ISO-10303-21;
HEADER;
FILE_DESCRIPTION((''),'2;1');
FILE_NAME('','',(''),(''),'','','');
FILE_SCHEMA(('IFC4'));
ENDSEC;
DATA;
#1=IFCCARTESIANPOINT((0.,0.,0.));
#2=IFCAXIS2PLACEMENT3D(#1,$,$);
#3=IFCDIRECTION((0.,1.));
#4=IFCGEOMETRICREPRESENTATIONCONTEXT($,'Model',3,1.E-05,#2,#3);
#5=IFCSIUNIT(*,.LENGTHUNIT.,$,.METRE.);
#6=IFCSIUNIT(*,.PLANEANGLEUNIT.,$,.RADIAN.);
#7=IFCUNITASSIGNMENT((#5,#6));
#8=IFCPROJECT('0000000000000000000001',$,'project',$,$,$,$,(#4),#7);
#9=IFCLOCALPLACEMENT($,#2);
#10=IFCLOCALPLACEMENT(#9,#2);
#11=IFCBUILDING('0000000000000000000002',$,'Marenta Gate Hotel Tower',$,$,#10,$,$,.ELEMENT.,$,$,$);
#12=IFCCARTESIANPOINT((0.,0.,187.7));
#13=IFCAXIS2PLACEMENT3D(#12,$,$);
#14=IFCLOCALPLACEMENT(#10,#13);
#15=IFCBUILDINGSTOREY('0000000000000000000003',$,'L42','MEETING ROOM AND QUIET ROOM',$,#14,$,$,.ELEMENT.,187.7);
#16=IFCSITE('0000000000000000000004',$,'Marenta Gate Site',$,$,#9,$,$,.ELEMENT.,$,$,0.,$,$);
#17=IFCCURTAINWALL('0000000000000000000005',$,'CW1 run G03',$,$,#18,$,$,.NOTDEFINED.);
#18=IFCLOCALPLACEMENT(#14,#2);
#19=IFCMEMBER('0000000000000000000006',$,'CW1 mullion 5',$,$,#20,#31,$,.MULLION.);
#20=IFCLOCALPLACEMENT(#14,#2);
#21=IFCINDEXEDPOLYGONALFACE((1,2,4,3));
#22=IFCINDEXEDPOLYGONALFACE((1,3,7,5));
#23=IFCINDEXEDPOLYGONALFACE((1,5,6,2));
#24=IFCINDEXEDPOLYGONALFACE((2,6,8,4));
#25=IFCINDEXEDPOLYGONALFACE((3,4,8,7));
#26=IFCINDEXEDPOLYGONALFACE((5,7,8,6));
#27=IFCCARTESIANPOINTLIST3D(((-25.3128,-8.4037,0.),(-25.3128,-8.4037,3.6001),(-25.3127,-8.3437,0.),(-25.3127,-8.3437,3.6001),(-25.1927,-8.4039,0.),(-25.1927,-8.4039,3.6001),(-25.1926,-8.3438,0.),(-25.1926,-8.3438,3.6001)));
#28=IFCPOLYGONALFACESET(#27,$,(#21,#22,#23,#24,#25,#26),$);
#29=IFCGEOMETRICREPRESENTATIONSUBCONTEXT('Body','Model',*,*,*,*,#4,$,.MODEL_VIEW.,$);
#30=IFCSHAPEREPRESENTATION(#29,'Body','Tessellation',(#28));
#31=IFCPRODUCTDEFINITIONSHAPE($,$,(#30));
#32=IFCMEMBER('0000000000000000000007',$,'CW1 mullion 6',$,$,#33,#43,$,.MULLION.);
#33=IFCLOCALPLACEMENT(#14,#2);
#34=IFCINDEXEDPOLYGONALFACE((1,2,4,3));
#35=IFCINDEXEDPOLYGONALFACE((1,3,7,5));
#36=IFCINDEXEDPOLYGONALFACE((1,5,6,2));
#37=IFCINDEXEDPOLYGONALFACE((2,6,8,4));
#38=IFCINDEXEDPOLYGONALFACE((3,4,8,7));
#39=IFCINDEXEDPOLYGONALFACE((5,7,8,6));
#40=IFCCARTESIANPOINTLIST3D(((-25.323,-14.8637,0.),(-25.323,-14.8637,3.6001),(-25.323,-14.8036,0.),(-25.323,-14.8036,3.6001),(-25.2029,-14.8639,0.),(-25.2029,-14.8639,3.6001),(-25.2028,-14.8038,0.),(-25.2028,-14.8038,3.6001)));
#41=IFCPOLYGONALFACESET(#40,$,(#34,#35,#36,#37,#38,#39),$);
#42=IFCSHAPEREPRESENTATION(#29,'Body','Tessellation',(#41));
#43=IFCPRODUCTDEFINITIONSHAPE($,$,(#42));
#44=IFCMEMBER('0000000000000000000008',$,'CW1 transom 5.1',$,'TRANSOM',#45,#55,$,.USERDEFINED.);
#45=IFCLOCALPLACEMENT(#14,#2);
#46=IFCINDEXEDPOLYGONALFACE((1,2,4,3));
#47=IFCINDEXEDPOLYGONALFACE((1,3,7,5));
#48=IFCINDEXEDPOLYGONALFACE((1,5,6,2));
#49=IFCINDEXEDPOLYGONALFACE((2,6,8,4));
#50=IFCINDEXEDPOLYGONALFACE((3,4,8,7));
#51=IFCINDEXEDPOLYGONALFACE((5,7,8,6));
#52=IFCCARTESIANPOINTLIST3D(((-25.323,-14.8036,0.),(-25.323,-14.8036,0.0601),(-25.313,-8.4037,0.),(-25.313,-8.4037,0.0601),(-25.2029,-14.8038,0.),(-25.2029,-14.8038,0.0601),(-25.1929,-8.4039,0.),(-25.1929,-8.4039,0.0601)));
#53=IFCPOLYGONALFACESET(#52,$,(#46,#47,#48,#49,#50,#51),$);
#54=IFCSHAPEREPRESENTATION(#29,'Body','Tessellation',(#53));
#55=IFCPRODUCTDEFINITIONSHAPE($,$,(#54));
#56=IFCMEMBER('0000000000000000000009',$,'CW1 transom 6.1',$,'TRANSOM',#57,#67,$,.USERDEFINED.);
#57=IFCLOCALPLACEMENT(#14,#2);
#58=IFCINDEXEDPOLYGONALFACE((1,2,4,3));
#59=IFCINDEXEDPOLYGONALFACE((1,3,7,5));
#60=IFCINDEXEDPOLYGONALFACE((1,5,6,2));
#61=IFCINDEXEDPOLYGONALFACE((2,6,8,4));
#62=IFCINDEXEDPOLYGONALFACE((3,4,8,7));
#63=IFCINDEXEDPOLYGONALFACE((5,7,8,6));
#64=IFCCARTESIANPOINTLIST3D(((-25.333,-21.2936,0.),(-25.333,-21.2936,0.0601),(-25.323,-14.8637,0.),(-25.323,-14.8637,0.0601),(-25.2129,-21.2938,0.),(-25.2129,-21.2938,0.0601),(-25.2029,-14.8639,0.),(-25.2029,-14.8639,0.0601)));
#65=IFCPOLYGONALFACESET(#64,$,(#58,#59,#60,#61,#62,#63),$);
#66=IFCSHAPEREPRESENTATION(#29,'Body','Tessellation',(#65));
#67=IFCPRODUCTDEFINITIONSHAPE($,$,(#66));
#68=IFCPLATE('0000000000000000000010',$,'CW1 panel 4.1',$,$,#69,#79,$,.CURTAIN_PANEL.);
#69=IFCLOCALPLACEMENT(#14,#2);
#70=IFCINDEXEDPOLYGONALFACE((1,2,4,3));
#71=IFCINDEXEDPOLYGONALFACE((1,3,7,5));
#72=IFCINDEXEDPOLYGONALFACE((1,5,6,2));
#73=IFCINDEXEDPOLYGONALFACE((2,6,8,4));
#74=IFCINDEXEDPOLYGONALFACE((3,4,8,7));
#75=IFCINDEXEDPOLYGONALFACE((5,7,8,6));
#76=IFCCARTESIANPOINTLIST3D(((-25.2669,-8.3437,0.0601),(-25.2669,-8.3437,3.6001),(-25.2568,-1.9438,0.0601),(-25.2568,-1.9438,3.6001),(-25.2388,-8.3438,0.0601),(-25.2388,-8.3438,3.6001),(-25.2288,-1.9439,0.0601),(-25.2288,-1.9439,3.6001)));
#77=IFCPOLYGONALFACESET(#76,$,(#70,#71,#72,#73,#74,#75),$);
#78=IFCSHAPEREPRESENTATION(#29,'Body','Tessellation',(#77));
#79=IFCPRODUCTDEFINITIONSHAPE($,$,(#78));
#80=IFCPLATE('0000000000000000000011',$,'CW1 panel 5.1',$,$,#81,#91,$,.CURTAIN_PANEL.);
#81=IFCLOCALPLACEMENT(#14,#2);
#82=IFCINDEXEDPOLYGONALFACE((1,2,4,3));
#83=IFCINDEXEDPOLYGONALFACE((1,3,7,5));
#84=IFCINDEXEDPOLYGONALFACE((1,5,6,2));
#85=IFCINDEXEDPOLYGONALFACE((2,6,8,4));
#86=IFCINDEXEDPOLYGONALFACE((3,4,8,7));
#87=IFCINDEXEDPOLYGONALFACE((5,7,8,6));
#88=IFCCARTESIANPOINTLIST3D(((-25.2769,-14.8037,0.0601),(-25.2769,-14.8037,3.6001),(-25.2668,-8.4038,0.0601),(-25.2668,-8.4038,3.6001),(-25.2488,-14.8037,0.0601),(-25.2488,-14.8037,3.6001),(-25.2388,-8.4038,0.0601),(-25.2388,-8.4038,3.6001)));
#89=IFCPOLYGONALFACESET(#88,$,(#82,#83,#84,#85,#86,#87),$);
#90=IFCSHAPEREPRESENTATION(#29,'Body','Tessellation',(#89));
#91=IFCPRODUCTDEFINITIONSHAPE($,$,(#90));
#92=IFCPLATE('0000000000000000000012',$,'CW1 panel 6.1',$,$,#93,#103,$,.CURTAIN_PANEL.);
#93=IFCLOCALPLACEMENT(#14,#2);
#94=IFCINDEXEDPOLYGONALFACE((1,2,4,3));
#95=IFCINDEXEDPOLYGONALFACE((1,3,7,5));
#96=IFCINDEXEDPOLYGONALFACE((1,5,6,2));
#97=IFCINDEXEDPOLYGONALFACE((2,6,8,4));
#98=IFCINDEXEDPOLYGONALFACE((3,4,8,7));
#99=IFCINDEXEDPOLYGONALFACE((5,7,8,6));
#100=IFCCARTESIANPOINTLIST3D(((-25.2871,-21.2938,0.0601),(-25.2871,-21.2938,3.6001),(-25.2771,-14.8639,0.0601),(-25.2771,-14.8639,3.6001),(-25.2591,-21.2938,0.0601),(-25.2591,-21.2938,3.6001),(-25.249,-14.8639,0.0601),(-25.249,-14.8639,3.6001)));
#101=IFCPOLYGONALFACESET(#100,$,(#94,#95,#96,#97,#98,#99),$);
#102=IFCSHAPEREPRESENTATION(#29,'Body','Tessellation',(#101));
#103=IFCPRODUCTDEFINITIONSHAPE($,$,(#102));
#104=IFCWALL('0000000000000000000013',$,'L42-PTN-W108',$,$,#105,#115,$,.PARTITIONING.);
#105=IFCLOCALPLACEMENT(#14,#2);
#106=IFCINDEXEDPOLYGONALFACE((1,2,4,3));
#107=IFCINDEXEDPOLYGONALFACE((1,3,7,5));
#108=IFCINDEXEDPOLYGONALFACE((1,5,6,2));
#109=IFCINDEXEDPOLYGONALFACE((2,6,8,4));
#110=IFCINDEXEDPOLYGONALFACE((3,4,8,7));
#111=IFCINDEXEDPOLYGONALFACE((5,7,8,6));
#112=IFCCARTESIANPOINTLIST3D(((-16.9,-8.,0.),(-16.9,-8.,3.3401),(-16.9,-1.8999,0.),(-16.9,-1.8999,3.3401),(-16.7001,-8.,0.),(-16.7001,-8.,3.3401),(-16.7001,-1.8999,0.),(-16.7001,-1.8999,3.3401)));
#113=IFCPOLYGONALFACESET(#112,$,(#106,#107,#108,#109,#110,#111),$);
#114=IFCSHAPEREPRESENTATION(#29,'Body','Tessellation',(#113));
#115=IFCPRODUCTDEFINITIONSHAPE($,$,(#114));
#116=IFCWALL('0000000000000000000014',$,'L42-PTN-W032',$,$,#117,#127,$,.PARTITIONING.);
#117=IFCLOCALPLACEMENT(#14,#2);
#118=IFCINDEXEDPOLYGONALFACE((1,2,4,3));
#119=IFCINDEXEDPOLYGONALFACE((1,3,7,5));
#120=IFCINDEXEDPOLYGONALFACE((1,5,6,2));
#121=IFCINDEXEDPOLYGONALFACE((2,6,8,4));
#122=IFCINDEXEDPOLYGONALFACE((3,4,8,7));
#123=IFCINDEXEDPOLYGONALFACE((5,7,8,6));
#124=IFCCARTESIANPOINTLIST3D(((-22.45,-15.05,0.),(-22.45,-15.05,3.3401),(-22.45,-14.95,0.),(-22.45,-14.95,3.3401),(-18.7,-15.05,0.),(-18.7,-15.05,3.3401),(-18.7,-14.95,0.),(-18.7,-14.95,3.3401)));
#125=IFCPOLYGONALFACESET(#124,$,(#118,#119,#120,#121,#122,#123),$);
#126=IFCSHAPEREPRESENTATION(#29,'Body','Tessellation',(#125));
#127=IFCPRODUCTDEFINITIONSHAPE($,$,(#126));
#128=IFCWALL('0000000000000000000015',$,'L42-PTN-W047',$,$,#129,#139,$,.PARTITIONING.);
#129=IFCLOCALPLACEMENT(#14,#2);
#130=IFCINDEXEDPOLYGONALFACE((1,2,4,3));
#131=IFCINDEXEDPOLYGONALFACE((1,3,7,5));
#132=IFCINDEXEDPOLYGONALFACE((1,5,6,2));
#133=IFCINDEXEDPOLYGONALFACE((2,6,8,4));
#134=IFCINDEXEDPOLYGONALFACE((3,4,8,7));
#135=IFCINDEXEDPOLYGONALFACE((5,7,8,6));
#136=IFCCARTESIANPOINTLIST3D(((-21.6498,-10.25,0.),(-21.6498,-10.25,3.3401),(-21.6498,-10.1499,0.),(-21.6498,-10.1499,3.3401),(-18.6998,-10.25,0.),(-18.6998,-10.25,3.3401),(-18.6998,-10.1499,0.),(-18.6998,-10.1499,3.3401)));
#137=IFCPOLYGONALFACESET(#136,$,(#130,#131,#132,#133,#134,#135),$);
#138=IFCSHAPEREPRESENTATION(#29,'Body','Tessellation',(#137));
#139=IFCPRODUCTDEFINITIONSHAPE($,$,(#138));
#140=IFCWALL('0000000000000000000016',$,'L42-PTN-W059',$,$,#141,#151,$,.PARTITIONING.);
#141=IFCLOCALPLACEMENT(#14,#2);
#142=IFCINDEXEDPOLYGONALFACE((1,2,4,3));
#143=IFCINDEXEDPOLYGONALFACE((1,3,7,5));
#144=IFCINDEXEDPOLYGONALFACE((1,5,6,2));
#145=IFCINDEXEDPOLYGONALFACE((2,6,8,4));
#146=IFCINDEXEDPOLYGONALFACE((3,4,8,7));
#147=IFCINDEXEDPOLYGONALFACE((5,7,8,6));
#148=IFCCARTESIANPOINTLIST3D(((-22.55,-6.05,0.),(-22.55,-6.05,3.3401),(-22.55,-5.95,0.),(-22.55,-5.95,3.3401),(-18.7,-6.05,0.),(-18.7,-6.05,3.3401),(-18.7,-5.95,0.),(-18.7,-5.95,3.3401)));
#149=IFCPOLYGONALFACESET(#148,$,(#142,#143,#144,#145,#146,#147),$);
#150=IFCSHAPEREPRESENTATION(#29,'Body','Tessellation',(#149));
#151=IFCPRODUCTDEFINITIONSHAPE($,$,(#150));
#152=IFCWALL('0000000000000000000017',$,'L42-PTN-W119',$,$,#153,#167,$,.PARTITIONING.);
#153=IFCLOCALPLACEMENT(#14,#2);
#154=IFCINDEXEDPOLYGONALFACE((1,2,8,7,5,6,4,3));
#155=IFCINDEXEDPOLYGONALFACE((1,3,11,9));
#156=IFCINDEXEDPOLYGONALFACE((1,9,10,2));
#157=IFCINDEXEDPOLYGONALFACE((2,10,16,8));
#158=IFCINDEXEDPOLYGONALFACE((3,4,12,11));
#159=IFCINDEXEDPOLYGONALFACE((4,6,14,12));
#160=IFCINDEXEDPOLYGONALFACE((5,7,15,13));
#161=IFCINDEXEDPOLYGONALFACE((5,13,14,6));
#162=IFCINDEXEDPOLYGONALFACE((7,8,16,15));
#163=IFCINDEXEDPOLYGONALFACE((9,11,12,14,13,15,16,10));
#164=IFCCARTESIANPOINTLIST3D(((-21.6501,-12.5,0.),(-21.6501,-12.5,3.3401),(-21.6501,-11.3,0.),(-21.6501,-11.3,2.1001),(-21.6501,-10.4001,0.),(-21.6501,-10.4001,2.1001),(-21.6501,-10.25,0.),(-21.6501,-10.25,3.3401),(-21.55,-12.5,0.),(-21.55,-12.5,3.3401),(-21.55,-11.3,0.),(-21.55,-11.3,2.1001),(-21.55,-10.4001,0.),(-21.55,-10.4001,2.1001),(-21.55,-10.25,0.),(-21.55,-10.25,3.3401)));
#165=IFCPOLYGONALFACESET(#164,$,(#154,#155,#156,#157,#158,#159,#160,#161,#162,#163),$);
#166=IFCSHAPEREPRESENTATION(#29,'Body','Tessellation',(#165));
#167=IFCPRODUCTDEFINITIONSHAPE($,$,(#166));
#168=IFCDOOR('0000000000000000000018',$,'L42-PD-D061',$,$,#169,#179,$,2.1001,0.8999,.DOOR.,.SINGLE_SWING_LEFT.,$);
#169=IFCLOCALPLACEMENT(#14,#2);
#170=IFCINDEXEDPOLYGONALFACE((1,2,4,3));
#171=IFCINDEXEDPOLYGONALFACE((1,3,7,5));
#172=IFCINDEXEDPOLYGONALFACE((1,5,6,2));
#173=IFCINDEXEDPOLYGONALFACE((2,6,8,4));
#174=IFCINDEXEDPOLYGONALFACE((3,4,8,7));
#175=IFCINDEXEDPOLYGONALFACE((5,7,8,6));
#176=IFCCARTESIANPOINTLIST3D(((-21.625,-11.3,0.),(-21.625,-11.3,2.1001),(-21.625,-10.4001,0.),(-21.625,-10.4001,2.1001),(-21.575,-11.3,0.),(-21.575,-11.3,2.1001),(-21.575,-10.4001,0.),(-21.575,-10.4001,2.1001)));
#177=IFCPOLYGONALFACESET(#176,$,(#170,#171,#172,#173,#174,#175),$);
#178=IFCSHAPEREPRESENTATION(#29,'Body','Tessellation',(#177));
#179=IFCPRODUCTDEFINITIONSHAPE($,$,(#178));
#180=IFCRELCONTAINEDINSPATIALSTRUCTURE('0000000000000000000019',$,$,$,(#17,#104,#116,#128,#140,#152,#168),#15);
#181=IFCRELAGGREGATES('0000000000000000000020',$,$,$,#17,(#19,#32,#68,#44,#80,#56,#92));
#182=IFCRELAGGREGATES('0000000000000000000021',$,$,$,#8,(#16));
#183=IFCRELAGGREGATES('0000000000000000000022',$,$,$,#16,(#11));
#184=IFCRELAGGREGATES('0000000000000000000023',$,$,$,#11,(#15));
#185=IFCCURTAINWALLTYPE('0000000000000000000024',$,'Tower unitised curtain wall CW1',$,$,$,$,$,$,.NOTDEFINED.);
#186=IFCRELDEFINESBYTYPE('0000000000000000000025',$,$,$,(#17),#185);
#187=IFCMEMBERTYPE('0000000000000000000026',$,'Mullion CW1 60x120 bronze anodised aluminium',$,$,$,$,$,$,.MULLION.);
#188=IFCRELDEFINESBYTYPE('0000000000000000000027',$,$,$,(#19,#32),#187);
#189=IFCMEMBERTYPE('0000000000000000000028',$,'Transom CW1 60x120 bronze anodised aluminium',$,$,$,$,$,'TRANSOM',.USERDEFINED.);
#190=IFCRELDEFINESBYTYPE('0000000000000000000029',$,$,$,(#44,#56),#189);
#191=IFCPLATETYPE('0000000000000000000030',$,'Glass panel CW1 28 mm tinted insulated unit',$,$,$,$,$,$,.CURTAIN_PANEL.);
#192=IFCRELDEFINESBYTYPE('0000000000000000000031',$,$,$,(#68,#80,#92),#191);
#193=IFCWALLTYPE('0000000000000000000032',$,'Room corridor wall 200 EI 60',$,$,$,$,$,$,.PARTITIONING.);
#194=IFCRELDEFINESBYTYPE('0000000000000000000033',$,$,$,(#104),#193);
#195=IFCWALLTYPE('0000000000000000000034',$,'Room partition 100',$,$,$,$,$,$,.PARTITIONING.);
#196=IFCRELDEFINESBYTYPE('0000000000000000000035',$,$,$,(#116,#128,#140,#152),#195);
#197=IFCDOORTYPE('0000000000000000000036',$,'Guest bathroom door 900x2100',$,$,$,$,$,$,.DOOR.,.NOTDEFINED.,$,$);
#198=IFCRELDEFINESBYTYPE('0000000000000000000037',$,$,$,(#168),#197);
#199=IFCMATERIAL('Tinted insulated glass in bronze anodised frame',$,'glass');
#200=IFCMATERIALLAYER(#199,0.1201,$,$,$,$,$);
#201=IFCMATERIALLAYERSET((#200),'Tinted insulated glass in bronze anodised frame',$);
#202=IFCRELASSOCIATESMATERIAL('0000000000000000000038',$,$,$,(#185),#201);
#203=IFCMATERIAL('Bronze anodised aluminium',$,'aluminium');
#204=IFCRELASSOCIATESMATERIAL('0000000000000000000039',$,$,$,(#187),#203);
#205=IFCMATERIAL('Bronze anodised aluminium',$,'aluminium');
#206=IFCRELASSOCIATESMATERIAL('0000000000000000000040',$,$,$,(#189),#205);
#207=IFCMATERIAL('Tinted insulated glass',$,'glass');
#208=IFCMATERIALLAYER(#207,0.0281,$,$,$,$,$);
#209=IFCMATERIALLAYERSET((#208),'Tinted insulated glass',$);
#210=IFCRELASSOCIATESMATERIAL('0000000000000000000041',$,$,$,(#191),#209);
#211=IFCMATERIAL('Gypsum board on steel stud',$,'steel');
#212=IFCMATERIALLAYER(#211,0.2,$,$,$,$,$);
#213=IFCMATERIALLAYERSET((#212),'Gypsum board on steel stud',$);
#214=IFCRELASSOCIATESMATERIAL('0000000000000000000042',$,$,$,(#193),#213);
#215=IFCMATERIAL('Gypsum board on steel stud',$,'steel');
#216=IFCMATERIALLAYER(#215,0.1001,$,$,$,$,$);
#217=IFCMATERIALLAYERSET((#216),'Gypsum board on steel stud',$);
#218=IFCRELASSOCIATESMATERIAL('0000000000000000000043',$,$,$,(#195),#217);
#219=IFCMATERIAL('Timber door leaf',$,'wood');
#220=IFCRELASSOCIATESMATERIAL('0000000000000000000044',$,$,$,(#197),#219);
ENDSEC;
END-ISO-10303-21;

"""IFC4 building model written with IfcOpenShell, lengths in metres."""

from ifc_helpers import new_model, si_unit, direction, frame, frame_2d, origin, origin_2d, place, context, subcontext, project, spatial, rectangle, extrude, material, layer, layer_set, material_profile, profile_set, type_object, element, fill, aggregate, save


model = new_model("IFC4")

# Units and contexts
model_context = context("Model", 3, precision=1e-05, world=origin(), true_north=direction((0.0, 1.0)))
body_context = subcontext(model_context, "Body", "Model", "MODEL_VIEW")
ifc_project = project(units=[si_unit("LENGTHUNIT", "METRE"), si_unit("PLANEANGLEUNIT", "RADIAN")], contexts=[model_context])

# Site, building, storey
site_placement = place(None, origin())
site = spatial("IfcSite", under=ifc_project, at=site_placement, Name="Marenta Gate Site", CompositionType="ELEMENT", RefElevation=0.0)
building_placement = place(site_placement, origin())
building = spatial("IfcBuilding", under=site, at=building_placement, Name="Marenta Gate Hotel Tower", CompositionType="ELEMENT")
storey_placement = place(building_placement, frame((0.0, 0.0, 187.7)))
storey = spatial("IfcBuildingStorey", under=building, at=storey_placement, Name="L42", Description="MEETING ROOM AND QUIET ROOM", CompositionType="ELEMENT", Elevation=187.7)

# Curtain wall, members, plates
ifc_material_1 = material(Name="Tinted insulated glass in bronze anodised frame", Category="glass")
ifc_layer_1 = layer(ifc_material_1, 0.1201)
ifc_layer_set_1 = layer_set([ifc_layer_1], Name="Tinted insulated glass in bronze anodised frame")
curtain_wall_type = type_object("IfcCurtainWallType", Name="Tower unitised curtain wall CW1", PredefinedType="NOTDEFINED", material=ifc_layer_set_1)
curtain_wall_placement = place(storey_placement, origin())
curtain_wall = element("IfcCurtainWall", 1, at=curtain_wall_placement, inside=storey, type_object=curtain_wall_type, Name="CW1 run G03", PredefinedType="NOTDEFINED")
ifc_material_2 = material(Name="Bronze anodised aluminium", Category="aluminium")
ifc_material_profile_1 = material_profile(ifc_material_2, rectangle(XDim=0.1201, YDim=0.0601, at=origin_2d()), Name="Mullion CW1 60x120 bronze anodised aluminium")
ifc_profile_set_1 = profile_set([ifc_material_profile_1], Name="Bronze anodised aluminium")
member_type_1 = type_object("IfcMemberType", Name="Mullion CW1 60x120 bronze anodised aluminium", PredefinedType="MULLION", material=ifc_profile_set_1)
member_1_placement = place(storey_placement, frame((-25.2527, -8.3738, 0.0), z_axis=(0.0, 0.0, 1.0), x_axis=(0.999999, -0.001566, 0.0)))
member_1 = element("IfcMember", 2, at=member_1_placement, type_object=member_type_1, Name="CW1 mullion 5", PredefinedType="MULLION", context=body_context, shape_type="SweptSolid", body=[
    extrude(rectangle(XDim=0.1201, YDim=0.0601, at=origin_2d()), origin(), (0.0, 0.0, 1.0), 3.6001),
])
member_2_placement = place(storey_placement, frame((-25.2629, -14.8337, 0.0), z_axis=(0.0, 0.0, 1.0), x_axis=(0.999999, -0.001566, 0.0)))
member_2 = element("IfcMember", 3, at=member_2_placement, type_object=member_type_1, Name="CW1 mullion 6", PredefinedType="MULLION", context=body_context, shape_type="SweptSolid", body=[
    extrude(rectangle(XDim=0.1201, YDim=0.0601, at=origin_2d()), origin(), (0.0, 0.0, 1.0), 3.6001),
])
ifc_material_3 = material(Name="Bronze anodised aluminium", Category="aluminium")
ifc_material_profile_2 = material_profile(ifc_material_3, rectangle(XDim=0.1201, YDim=0.0601, at=origin_2d()), Name="Transom CW1 60x120 bronze anodised aluminium")
ifc_profile_set_2 = profile_set([ifc_material_profile_2], Name="Bronze anodised aluminium")
member_type_2 = type_object("IfcMemberType", Name="Transom CW1 60x120 bronze anodised aluminium", ElementType="TRANSOM", PredefinedType="USERDEFINED", material=ifc_profile_set_2)
member_3_placement = place(storey_placement, frame((-25.2529, -8.4038, 0.03), z_axis=(-0.001564, -0.999999, 0.0), x_axis=(0.999999, -0.001564, 0.0)))
member_3 = element("IfcMember", 4, at=member_3_placement, type_object=member_type_2, Name="CW1 transom 5.1", ObjectType="TRANSOM", PredefinedType="USERDEFINED", context=body_context, shape_type="SweptSolid", body=[
    extrude(rectangle(XDim=0.1201, YDim=0.0601, at=origin_2d()), origin(), (0.0, 0.0, 1.0), 6.3999),
])
member_4_placement = place(storey_placement, frame((-25.2629, -14.8638, 0.03), z_axis=(-0.001557, -0.999999, 0.0), x_axis=(0.999999, -0.001557, 0.0)))
member_4 = element("IfcMember", 5, at=member_4_placement, type_object=member_type_2, Name="CW1 transom 6.1", ObjectType="TRANSOM", PredefinedType="USERDEFINED", context=body_context, shape_type="SweptSolid", body=[
    extrude(rectangle(XDim=0.1201, YDim=0.0601, at=origin_2d()), origin(), (0.0, 0.0, 1.0), 6.4299),
])
ifc_material_4 = material(Name="Tinted insulated glass", Category="glass")
ifc_layer_2 = layer(ifc_material_4, 0.0281)
ifc_layer_set_2 = layer_set([ifc_layer_2], Name="Tinted insulated glass")
plate_type = type_object("IfcPlateType", Name="Glass panel CW1 28 mm tinted insulated unit", PredefinedType="CURTAIN_PANEL", material=ifc_layer_set_2)
plate_1_placement = place(storey_placement, frame((-25.2478, -5.1438, 0.0601), z_axis=(0.0, 0.0, 1.0), x_axis=(-0.001566, -0.999999, 0.0)))
plate_1 = element("IfcPlate", 6, at=plate_1_placement, type_object=plate_type, Name="CW1 panel 4.1", PredefinedType="CURTAIN_PANEL", context=body_context, shape_type="SweptSolid", body=[
    extrude(rectangle(XDim=6.3999, YDim=0.0281, at=origin_2d()), origin(), (0.0, 0.0, 1.0), 3.54),
])
plate_2_placement = place(storey_placement, frame((-25.2578, -11.6038, 0.0601), z_axis=(0.0, 0.0, 1.0), x_axis=(-0.001566, -0.999999, 0.0)))
plate_2 = element("IfcPlate", 7, at=plate_2_placement, type_object=plate_type, Name="CW1 panel 5.1", PredefinedType="CURTAIN_PANEL", context=body_context, shape_type="SweptSolid", body=[
    extrude(rectangle(XDim=6.3999, YDim=0.0281, at=origin_2d()), origin(), (0.0, 0.0, 1.0), 3.54),
])
plate_3_placement = place(storey_placement, frame((-25.2681, -18.0789, 0.0601), z_axis=(0.0, 0.0, 1.0), x_axis=(-0.001566, -0.999999, 0.0)))
plate_3 = element("IfcPlate", 8, at=plate_3_placement, type_object=plate_type, Name="CW1 panel 6.1", PredefinedType="CURTAIN_PANEL", context=body_context, shape_type="SweptSolid", body=[
    extrude(rectangle(XDim=6.4299, YDim=0.0281, at=origin_2d()), origin(), (0.0, 0.0, 1.0), 3.54),
])
aggregate(curtain_wall, [member_1, member_2, plate_1, member_3, plate_2, member_4, plate_3])

# Walls
ifc_material_5 = material(Name="Gypsum board on steel stud", Category="steel")
ifc_layer_3 = layer(ifc_material_5, 0.2)
ifc_layer_set_3 = layer_set([ifc_layer_3], Name="Gypsum board on steel stud")
wall_type_1 = type_object("IfcWallType", Name="Room corridor wall 200 EI 60", PredefinedType="PARTITIONING", material=ifc_layer_set_3)
wall_1_placement = place(storey_placement, frame((-16.8, -8.0, 0.0), z_axis=(0.0, 0.0, 1.0), x_axis=(0.0, 1.0, 0.0)))
element("IfcWall", 9, at=wall_1_placement, inside=storey, type_object=wall_type_1, Name="L42-PTN-W108", PredefinedType="PARTITIONING", context=body_context, shape_type="SweptSolid", body=[
    extrude(rectangle(XDim=6.1001, YDim=0.2, at=frame_2d((3.05, 0.0))), origin(), (0.0, 0.0, 1.0), 3.3401),
])
ifc_material_6 = material(Name="Gypsum board on steel stud", Category="steel")
ifc_layer_4 = layer(ifc_material_6, 0.1001)
ifc_layer_set_4 = layer_set([ifc_layer_4], Name="Gypsum board on steel stud")
wall_type_2 = type_object("IfcWallType", Name="Room partition 100", PredefinedType="PARTITIONING", material=ifc_layer_set_4)
wall_2_placement = place(storey_placement, frame((-22.45, -15.0, 0.0), z_axis=(0.0, 0.0, 1.0), x_axis=(1.0, 0.0, 0.0)))
element("IfcWall", 10, at=wall_2_placement, inside=storey, type_object=wall_type_2, Name="L42-PTN-W032", PredefinedType="PARTITIONING", context=body_context, shape_type="SweptSolid", body=[
    extrude(rectangle(XDim=3.75, YDim=0.1001, at=frame_2d((1.875, 0.0))), origin(), (0.0, 0.0, 1.0), 3.3401),
])
wall_3_placement = place(storey_placement, frame((-21.6499, -10.2, 0.0), z_axis=(0.0, 0.0, 1.0), x_axis=(1.0, 0.0, 0.0)))
element("IfcWall", 11, at=wall_3_placement, inside=storey, type_object=wall_type_2, Name="L42-PTN-W047", PredefinedType="PARTITIONING", context=body_context, shape_type="SweptSolid", body=[
    extrude(rectangle(XDim=2.95, YDim=0.1001, at=frame_2d((1.4751, 0.0))), origin(), (0.0, 0.0, 1.0), 3.3401),
])
wall_4_placement = place(storey_placement, frame((-22.55, -6.0, 0.0), z_axis=(0.0, 0.0, 1.0), x_axis=(1.0, 0.0, 0.0)))
element("IfcWall", 12, at=wall_4_placement, inside=storey, type_object=wall_type_2, Name="L42-PTN-W059", PredefinedType="PARTITIONING", context=body_context, shape_type="SweptSolid", body=[
    extrude(rectangle(XDim=3.8501, YDim=0.1001, at=frame_2d((1.925, 0.0))), origin(), (0.0, 0.0, 1.0), 3.3401),
])

# Wall, opening, door
wall_5_placement = place(storey_placement, frame((-21.6001, -12.5, 0.0), z_axis=(0.0, 0.0, 1.0), x_axis=(0.0, 1.0, 0.0)))
wall_5 = element("IfcWall", 13, at=wall_5_placement, inside=storey, type_object=wall_type_2, Name="L42-PTN-W119", PredefinedType="PARTITIONING", context=body_context, shape_type="SweptSolid", body=[
    extrude(rectangle(XDim=2.25, YDim=0.1001, at=frame_2d((1.125, 0.0))), origin(), (0.0, 0.0, 1.0), 3.3401),
])
opening_1_placement = place(wall_5_placement, frame((1.2, 0.0, 0.0)))
opening_1 = element("IfcOpeningElement", 14, at=opening_1_placement, cuts=wall_5, PredefinedType="OPENING", context=body_context, shape_type="SweptSolid", body=[
    extrude(rectangle(XDim=0.8999, YDim=2.1001, at=frame_2d((0.45, 1.05))), frame((0.0, 0.05, 0.0), z_axis=(0.0, -1.0, 0.0), x_axis=(1.0, 0.0, 0.0)), (0.0, 0.0, 1.0), 0.1001),
])
ifc_material_7 = material(Name="Timber door leaf", Category="wood")
door_type = type_object("IfcDoorType", Name="Guest bathroom door 900x2100", OperationType="NOTDEFINED", PredefinedType="DOOR", material=ifc_material_7)
door_1_placement = place(opening_1_placement, origin())
door_1 = element("IfcDoor", 15, at=door_1_placement, inside=storey, type_object=door_type, Name="L42-PD-D061", OperationType="SINGLE_SWING_LEFT", OverallHeight=2.1001, OverallWidth=0.8999, PredefinedType="DOOR", context=body_context, shape_type="SweptSolid", body=[
    extrude(rectangle(XDim=0.8999, YDim=2.1001, at=frame_2d((0.45, 1.05))), frame((0.0, 0.0249, 0.0), z_axis=(0.0, -1.0, 0.0), x_axis=(1.0, 0.0, 0.0)), (0.0, 0.0, 1.0), 0.05),
])
fill(opening_1, door_1)

save(model, "model.ifc")
